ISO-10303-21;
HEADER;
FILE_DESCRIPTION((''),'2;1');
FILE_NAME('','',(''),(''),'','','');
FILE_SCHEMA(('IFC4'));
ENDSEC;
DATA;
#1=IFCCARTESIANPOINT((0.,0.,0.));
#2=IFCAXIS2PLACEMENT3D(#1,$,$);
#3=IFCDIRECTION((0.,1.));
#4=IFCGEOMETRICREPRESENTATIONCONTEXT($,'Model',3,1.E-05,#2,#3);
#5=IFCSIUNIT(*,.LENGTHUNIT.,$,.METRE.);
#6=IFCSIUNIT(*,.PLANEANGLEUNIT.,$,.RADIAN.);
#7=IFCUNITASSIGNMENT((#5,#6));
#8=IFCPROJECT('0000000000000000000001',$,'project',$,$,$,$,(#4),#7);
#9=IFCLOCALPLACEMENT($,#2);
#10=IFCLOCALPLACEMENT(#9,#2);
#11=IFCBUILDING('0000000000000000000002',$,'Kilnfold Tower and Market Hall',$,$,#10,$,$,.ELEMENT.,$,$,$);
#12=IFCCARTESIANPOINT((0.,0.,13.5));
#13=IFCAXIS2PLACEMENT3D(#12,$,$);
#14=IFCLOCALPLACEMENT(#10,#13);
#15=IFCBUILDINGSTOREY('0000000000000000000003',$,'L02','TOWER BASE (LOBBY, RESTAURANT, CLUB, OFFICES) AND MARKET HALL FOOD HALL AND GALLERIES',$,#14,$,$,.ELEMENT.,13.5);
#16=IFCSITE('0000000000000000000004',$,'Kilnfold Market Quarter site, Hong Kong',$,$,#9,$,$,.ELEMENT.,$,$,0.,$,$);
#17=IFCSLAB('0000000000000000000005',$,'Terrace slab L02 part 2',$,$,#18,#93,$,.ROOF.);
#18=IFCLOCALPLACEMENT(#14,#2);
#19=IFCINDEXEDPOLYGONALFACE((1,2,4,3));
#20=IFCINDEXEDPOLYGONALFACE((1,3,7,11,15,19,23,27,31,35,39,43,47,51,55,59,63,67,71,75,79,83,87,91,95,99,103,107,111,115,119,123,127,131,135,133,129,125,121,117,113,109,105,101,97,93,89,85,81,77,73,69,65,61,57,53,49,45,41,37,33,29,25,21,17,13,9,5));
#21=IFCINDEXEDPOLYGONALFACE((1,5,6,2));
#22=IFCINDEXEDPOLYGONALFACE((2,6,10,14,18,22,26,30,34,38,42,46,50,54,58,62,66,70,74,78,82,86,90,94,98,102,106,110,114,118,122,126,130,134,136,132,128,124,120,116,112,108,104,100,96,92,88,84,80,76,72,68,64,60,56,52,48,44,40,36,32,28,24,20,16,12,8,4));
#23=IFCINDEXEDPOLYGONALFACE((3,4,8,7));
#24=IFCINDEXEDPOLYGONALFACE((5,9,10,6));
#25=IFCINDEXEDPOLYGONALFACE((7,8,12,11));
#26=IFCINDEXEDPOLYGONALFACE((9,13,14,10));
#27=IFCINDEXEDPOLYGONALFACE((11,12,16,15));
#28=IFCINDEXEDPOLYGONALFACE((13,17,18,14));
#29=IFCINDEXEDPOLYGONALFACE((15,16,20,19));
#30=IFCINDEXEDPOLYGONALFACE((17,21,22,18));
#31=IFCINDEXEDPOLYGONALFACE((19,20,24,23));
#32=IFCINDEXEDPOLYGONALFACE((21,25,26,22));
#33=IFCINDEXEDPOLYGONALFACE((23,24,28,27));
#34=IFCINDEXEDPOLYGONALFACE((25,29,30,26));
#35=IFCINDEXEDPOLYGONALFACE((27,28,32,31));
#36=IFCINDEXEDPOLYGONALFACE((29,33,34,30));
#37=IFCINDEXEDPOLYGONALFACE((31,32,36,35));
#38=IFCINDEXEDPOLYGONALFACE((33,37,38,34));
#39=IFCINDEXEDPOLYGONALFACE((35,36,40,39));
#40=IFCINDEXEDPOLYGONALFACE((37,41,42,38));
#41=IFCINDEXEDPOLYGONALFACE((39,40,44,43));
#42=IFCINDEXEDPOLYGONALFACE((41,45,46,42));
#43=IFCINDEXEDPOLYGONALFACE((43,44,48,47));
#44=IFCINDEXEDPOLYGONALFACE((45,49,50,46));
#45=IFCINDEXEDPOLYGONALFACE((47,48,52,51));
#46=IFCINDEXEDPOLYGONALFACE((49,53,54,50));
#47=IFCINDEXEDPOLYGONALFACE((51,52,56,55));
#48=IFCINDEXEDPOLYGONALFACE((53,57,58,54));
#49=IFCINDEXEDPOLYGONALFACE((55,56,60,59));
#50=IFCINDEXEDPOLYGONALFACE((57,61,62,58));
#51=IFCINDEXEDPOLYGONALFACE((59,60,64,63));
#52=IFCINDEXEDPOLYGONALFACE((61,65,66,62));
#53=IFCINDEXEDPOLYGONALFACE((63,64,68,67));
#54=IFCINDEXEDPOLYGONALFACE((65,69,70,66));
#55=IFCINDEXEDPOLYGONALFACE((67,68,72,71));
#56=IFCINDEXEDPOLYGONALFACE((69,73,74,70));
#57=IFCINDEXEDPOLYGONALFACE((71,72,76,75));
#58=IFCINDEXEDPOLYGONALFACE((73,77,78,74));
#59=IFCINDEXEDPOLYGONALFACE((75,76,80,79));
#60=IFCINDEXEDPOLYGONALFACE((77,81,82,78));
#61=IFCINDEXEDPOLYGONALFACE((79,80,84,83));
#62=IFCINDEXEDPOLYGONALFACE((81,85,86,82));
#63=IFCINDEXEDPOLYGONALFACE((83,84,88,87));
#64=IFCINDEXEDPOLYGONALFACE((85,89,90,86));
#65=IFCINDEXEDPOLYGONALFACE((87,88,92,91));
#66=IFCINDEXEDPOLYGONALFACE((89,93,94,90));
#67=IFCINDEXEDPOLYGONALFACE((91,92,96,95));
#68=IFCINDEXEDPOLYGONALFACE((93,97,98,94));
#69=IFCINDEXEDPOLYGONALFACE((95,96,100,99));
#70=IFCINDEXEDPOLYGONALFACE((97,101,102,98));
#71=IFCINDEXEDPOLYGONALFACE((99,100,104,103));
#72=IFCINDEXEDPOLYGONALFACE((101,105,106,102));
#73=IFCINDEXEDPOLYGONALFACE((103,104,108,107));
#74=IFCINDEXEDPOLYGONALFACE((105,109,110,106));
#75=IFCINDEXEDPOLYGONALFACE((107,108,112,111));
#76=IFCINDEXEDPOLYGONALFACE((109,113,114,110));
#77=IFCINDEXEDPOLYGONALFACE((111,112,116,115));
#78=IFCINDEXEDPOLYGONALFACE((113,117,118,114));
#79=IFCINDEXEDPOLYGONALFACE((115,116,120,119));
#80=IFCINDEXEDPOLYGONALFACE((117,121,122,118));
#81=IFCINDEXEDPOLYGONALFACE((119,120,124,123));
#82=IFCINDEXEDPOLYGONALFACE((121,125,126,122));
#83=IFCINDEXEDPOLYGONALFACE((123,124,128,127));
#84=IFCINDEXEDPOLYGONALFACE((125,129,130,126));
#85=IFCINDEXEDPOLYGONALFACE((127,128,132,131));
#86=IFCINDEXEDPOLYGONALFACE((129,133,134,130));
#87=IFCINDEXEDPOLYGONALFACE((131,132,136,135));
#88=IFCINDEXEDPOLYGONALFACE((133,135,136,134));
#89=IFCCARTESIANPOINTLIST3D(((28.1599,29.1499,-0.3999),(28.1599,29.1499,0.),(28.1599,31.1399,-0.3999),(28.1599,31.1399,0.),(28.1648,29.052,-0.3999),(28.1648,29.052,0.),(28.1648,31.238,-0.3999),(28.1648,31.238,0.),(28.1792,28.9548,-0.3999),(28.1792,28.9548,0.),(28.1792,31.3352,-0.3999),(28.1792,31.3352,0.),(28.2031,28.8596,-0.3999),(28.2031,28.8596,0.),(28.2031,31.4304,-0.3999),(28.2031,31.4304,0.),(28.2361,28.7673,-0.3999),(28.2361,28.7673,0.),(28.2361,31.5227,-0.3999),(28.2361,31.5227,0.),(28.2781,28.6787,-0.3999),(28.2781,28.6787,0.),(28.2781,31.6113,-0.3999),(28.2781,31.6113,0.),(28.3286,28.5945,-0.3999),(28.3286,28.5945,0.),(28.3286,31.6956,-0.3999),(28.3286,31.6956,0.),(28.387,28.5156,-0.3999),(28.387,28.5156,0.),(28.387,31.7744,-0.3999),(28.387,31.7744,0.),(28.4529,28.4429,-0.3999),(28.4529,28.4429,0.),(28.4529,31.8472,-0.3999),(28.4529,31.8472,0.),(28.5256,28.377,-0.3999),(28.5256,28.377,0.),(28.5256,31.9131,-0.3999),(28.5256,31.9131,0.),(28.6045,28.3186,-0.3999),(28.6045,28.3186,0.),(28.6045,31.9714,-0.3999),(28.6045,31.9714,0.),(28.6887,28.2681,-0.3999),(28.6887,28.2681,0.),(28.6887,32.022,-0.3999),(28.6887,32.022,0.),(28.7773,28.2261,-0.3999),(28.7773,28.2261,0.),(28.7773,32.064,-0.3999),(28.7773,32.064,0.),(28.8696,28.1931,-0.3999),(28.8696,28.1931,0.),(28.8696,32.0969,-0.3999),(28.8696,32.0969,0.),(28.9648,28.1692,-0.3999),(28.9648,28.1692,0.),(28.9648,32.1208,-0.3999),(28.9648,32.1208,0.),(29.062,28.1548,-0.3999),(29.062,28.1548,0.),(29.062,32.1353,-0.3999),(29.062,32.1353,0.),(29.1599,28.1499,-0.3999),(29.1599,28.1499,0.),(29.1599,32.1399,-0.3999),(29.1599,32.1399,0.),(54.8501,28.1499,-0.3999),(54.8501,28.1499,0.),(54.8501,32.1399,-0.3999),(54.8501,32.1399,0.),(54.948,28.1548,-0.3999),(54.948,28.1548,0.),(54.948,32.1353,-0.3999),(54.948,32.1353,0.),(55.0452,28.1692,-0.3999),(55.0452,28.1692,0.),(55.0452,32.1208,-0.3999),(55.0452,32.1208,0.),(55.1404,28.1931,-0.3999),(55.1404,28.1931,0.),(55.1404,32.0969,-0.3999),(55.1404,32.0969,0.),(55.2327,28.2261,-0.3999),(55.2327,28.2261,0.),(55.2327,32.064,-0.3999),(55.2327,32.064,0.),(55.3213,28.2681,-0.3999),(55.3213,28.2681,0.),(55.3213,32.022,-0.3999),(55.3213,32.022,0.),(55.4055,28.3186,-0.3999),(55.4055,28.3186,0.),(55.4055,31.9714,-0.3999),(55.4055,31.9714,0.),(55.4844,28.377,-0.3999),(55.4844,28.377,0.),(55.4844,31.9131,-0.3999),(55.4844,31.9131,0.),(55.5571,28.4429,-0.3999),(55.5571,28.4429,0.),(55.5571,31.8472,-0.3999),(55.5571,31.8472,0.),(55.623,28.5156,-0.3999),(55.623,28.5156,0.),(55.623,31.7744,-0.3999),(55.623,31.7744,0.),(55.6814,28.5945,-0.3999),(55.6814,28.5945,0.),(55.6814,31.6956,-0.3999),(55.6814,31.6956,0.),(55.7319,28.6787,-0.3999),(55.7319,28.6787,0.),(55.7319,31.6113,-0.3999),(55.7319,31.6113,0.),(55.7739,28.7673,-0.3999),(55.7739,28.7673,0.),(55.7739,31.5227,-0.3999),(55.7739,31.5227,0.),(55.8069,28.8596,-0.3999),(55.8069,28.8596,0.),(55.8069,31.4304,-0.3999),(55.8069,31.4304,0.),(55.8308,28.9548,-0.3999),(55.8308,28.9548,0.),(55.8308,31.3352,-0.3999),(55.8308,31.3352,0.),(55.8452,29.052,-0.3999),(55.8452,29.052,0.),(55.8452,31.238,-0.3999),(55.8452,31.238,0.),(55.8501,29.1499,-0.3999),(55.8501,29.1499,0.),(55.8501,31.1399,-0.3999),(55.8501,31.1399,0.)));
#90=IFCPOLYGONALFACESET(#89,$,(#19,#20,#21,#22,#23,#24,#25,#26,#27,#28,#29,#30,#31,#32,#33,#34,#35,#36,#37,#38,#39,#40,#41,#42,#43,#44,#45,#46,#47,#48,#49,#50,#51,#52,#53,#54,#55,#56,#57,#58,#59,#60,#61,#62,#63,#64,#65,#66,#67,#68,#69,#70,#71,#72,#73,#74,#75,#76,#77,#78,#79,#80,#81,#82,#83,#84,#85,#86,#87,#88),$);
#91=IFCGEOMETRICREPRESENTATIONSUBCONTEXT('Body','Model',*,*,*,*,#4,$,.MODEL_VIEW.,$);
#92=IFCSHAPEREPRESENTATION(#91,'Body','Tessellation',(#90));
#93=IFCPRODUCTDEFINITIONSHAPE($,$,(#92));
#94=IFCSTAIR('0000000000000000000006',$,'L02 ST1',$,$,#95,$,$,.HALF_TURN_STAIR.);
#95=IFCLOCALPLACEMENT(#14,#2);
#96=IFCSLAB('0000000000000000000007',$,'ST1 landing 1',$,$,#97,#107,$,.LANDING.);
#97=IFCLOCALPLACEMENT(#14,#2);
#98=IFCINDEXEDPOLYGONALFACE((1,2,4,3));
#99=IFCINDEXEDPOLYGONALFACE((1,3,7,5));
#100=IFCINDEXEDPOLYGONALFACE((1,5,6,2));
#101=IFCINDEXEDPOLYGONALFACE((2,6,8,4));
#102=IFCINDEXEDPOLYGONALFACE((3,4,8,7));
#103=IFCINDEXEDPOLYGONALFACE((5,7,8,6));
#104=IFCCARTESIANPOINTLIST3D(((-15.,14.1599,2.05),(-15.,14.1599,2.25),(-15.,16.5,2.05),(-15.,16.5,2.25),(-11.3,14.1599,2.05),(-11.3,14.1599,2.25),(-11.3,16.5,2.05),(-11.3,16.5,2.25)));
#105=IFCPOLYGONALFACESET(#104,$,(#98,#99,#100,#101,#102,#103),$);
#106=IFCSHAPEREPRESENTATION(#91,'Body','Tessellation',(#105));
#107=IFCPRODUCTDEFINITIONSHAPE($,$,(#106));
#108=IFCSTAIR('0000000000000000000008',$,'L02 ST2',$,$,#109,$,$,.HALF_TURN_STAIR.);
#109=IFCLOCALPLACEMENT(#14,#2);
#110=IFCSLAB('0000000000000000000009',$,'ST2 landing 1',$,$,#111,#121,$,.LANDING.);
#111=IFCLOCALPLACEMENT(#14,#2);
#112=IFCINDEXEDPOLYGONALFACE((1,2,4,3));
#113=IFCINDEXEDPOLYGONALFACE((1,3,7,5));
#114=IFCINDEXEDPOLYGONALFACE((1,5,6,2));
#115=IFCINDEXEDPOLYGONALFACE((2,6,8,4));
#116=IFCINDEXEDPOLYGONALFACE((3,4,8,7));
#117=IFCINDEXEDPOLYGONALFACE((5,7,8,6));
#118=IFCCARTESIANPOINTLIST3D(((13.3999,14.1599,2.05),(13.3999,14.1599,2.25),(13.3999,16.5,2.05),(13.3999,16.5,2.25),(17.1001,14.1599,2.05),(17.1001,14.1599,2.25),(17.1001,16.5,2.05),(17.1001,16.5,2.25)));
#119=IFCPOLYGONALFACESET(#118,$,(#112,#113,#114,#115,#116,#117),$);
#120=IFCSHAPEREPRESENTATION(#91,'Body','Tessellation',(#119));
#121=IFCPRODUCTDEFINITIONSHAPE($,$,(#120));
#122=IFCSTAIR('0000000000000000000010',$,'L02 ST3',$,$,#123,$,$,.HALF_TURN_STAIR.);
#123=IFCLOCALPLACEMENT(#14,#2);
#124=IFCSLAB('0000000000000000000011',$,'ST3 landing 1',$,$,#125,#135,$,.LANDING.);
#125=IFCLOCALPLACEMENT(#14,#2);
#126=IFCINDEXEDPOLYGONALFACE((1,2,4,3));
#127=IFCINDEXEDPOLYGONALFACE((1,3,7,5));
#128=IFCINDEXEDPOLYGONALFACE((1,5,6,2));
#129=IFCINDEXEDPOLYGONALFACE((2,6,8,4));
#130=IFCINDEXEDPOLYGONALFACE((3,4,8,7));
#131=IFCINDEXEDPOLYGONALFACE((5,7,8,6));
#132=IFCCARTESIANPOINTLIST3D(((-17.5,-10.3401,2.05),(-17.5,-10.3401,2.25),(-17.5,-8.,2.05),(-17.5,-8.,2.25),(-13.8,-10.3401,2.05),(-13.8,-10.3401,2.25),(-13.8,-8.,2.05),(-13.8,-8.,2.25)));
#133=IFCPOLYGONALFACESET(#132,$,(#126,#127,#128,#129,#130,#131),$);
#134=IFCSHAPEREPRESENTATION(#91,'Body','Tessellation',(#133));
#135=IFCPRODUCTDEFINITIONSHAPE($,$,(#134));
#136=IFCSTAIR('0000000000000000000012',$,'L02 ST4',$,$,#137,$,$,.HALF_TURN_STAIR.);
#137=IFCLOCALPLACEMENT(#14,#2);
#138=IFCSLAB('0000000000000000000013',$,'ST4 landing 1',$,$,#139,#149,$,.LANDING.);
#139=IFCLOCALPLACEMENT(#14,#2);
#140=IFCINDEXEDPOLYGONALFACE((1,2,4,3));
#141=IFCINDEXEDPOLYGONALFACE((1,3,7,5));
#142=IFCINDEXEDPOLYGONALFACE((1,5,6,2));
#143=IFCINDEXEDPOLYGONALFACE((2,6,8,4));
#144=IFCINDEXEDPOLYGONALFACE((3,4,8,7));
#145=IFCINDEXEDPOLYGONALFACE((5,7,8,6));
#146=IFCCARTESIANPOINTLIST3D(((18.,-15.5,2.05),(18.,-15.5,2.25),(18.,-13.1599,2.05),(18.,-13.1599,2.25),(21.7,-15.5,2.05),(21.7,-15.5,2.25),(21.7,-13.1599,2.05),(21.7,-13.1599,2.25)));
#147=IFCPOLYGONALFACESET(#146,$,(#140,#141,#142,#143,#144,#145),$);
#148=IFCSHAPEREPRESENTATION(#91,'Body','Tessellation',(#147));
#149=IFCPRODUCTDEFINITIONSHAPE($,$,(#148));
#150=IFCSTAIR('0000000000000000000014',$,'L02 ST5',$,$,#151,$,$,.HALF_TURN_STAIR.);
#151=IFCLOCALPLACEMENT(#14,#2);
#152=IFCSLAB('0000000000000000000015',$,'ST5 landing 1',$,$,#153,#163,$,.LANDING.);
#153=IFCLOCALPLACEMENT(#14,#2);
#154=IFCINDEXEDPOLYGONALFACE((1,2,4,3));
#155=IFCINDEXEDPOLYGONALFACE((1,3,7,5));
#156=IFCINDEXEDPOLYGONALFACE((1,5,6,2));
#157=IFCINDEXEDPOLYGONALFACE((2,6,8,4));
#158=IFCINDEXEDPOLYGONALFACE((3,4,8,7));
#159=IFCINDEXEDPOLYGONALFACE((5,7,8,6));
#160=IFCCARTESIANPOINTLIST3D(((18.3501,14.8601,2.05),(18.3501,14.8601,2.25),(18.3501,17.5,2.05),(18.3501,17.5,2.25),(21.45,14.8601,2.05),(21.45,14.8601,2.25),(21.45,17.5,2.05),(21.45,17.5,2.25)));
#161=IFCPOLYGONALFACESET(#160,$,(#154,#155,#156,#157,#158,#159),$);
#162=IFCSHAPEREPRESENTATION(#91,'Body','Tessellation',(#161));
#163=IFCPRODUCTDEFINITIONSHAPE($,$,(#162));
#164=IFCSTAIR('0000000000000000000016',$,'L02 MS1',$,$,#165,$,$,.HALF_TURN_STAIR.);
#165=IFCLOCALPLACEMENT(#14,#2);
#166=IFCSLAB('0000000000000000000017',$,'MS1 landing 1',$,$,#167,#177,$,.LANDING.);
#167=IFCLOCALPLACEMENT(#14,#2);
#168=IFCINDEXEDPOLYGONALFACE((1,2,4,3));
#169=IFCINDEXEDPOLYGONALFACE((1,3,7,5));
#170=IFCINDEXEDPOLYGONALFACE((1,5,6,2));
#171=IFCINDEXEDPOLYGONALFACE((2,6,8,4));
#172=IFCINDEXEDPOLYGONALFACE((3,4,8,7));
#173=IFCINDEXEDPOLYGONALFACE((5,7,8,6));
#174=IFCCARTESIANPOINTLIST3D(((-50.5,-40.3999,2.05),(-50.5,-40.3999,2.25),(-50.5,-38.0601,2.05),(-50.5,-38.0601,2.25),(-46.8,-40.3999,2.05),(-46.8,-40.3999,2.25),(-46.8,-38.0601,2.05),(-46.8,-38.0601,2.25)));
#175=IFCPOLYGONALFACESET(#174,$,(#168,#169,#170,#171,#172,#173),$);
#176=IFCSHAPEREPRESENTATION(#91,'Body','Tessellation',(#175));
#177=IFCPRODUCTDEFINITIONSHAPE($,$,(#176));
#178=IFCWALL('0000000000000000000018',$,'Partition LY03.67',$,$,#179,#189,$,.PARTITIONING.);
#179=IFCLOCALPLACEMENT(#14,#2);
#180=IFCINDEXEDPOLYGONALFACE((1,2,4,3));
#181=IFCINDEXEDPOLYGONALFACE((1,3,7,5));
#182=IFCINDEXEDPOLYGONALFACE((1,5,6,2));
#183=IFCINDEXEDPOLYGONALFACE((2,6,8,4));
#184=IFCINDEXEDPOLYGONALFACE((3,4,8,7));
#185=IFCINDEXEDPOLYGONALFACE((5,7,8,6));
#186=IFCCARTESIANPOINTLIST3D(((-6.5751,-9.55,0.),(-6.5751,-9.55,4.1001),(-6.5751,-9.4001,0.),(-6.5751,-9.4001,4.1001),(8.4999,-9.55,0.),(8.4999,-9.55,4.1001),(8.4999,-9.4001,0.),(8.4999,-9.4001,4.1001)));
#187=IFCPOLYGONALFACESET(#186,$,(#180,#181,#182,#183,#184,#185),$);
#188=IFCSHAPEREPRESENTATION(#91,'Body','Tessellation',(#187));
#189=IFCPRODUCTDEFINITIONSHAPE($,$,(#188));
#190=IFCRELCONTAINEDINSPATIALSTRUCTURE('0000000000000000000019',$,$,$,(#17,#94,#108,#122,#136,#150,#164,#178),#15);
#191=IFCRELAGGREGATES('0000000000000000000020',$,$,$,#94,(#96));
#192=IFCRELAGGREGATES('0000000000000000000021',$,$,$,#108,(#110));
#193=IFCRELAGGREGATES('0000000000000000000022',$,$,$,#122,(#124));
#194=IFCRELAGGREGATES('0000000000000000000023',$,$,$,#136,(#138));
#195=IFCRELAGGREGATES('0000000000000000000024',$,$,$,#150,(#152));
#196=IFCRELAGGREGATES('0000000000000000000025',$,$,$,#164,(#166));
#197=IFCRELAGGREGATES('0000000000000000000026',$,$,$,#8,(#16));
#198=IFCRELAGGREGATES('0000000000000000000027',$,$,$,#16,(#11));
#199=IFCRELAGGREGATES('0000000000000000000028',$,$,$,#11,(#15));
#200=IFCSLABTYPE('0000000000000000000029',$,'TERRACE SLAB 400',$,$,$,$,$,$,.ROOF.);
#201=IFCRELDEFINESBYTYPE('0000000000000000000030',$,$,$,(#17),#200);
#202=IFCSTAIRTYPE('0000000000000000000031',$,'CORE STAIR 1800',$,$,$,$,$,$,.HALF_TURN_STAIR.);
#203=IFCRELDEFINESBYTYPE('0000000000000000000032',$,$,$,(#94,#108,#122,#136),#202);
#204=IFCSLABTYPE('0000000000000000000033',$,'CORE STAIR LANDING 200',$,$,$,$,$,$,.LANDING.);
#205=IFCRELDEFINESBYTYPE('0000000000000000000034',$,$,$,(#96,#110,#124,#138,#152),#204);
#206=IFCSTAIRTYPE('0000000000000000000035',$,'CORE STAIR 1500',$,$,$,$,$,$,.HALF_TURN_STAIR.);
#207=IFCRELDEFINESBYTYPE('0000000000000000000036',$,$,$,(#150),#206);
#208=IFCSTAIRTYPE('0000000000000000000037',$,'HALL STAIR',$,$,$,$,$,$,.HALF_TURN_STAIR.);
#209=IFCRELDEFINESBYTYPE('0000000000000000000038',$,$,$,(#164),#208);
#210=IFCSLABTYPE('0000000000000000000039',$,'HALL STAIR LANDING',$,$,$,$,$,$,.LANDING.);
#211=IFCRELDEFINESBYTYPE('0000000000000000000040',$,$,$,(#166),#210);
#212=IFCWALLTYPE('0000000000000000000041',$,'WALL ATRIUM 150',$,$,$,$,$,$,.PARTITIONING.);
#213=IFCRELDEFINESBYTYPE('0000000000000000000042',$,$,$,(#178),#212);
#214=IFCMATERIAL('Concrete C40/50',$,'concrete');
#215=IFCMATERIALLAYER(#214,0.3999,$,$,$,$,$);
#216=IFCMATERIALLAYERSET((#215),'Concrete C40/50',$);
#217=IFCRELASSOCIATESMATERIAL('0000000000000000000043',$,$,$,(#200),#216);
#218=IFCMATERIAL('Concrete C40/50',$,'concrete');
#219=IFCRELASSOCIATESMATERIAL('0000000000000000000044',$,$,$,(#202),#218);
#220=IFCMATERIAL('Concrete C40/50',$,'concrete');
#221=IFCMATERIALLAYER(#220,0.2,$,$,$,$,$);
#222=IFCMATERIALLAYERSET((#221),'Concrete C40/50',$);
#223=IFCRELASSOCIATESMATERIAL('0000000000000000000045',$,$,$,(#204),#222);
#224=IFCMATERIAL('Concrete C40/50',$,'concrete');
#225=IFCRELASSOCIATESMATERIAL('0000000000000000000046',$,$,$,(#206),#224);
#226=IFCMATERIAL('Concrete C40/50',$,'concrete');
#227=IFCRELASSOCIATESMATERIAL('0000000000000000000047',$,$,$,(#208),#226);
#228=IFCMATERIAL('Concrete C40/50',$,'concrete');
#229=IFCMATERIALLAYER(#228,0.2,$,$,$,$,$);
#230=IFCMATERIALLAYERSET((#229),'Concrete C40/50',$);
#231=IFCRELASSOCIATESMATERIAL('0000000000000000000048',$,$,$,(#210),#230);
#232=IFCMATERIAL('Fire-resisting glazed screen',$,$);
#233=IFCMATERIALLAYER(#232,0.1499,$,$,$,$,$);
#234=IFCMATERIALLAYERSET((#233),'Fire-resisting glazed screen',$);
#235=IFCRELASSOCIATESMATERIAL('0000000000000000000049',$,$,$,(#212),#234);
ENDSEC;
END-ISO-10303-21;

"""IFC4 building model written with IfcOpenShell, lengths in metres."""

from ifc_helpers import new_model, si_unit, direction, frame, frame_2d, origin, place, context, subcontext, project, spatial, polyline, rectangle, outline, extrude, source, transform, mapped, material, layer, layer_set, type_object, element, aggregate, save


model = new_model("IFC4")

# Units and contexts
model_context = context("Model", 3, precision=1e-05, world=origin(), true_north=direction((0.0, 1.0)))
body_context = subcontext(model_context, "Body", "Model", "MODEL_VIEW")
ifc_project = project(units=[si_unit("LENGTHUNIT", "METRE"), si_unit("PLANEANGLEUNIT", "RADIAN")], contexts=[model_context])

# Site, building, storey
site_placement = place(None, origin())
site = spatial("IfcSite", under=ifc_project, at=site_placement, Name="Kilnfold Market Quarter site, Hong Kong", CompositionType="ELEMENT", RefElevation=0.0)
building_placement = place(site_placement, origin())
building = spatial("IfcBuilding", under=site, at=building_placement, Name="Kilnfold Tower and Market Hall", CompositionType="ELEMENT")
storey_placement = place(building_placement, frame((0.0, 0.0, 13.5)))
storey = spatial("IfcBuildingStorey", under=building, at=storey_placement, Name="L02", Description="TOWER BASE (LOBBY, RESTAURANT, CLUB, OFFICES) AND MARKET HALL FOOD HALL AND GALLERIES", CompositionType="ELEMENT", Elevation=13.5)

# Slab
ifc_material_1 = material(Name="Concrete C40/50", Category="concrete")
ifc_layer_1 = layer(ifc_material_1, 0.3999)
ifc_layer_set_1 = layer_set([ifc_layer_1], Name="Concrete C40/50")
slab_type_1 = type_object("IfcSlabType", Name="TERRACE SLAB 400", PredefinedType="ROOF", material=ifc_layer_set_1)
shared_shape_1 = source(origin(), body_context, "Body", "SweptSolid", [
    extrude(outline(polyline([(55.8501, 29.1499), (55.8452, 29.052), (55.8308, 28.9548), (55.8069, 28.8596), (55.7739, 28.7673), (55.7319, 28.6787), (55.6814, 28.5945), (55.623, 28.5156), (55.5571, 28.4429), (55.4844, 28.377), (55.4055, 28.3186), (55.3213, 28.2681), (55.2327, 28.2261), (55.1404, 28.1931), (55.0452, 28.1692), (54.948, 28.1548), (54.8501, 28.1499), (29.1599, 28.1499), (29.062, 28.1548), (28.9648, 28.1692), (28.8696, 28.1931), (28.7773, 28.2261), (28.6887, 28.2681), (28.6045, 28.3186), (28.5256, 28.377), (28.4529, 28.4429), (28.387, 28.5156), (28.3286, 28.5945), (28.2781, 28.6787), (28.2361, 28.7673), (28.2031, 28.8596), (28.1792, 28.9548), (28.1648, 29.052), (28.1599, 29.1499), (28.1599, 31.1399), (28.1648, 31.238), (28.1792, 31.3352), (28.2031, 31.4304), (28.2361, 31.5227), (28.2781, 31.6113), (28.3286, 31.6956), (28.387, 31.7744), (28.4529, 31.8472), (28.5256, 31.9131), (28.6045, 31.9714), (28.6887, 32.022), (28.7773, 32.064), (28.8696, 32.0969), (28.9648, 32.1208), (29.062, 32.1353), (29.1599, 32.1399), (54.8501, 32.1399), (54.948, 32.1353), (55.0452, 32.1208), (55.1404, 32.0969), (55.2327, 32.064), (55.3213, 32.022), (55.4055, 31.9714), (55.4844, 31.9131), (55.5571, 31.8472), (55.623, 31.7744), (55.6814, 31.6956), (55.7319, 31.6113), (55.7739, 31.5227), (55.8069, 31.4304), (55.8308, 31.3352), (55.8452, 31.238), (55.8501, 31.1399), (55.8501, 29.1499)])), origin(), (0.0, 0.0, 1.0), 0.3999),
])
slab_1_placement = place(storey_placement, frame((0.0, 0.0, -0.3999)))
element("IfcSlab", 1, at=slab_1_placement, inside=storey, type_object=slab_type_1, Name="Terrace slab L02 part 2", PredefinedType="ROOF", context=body_context, shape_type="MappedRepresentation", body=[
    mapped(shared_shape_1, transform((0.0, 0.0, 0.0))),
])

# Stairs, slabs
ifc_material_2 = material(Name="Concrete C40/50", Category="concrete")
stair_type_1 = type_object("IfcStairType", Name="CORE STAIR 1800", PredefinedType="HALF_TURN_STAIR", material=ifc_material_2)
stair_1_placement = place(storey_placement, origin())
stair_1 = element("IfcStair", 2, at=stair_1_placement, inside=storey, type_object=stair_type_1, Name="L02 ST1", PredefinedType="HALF_TURN_STAIR")
ifc_material_3 = material(Name="Concrete C40/50", Category="concrete")
ifc_layer_2 = layer(ifc_material_3, 0.2)
ifc_layer_set_2 = layer_set([ifc_layer_2], Name="Concrete C40/50")
slab_type_2 = type_object("IfcSlabType", Name="CORE STAIR LANDING 200", PredefinedType="LANDING", material=ifc_layer_set_2)
shared_shape_2 = source(origin(), body_context, "Body", "SweptSolid", [
    extrude(outline(polyline([(-11.3, 14.1599), (-11.3, 16.5), (-15.0, 16.5), (-15.0, 14.1599), (-11.3, 14.1599)])), origin(), (0.0, 0.0, 1.0), 0.2),
])
slab_2_placement = place(storey_placement, frame((0.0, 0.0, 2.05)))
slab_2 = element("IfcSlab", 3, at=slab_2_placement, type_object=slab_type_2, Name="ST1 landing 1", PredefinedType="LANDING", context=body_context, shape_type="MappedRepresentation", body=[
    mapped(shared_shape_2, transform((0.0, 0.0, 0.0))),
])
aggregate(stair_1, [slab_2])
stair_2_placement = place(storey_placement, origin())
stair_2 = element("IfcStair", 4, at=stair_2_placement, inside=storey, type_object=stair_type_1, Name="L02 ST2", PredefinedType="HALF_TURN_STAIR")
shared_shape_3 = source(origin(), body_context, "Body", "SweptSolid", [
    extrude(outline(polyline([(17.1001, 14.1599), (17.1001, 16.5), (13.3999, 16.5), (13.3999, 14.1599), (17.1001, 14.1599)])), origin(), (0.0, 0.0, 1.0), 0.2),
])
slab_3_placement = place(storey_placement, frame((0.0, 0.0, 2.05)))
slab_3 = element("IfcSlab", 5, at=slab_3_placement, type_object=slab_type_2, Name="ST2 landing 1", PredefinedType="LANDING", context=body_context, shape_type="MappedRepresentation", body=[
    mapped(shared_shape_3, transform((0.0, 0.0, 0.0))),
])
aggregate(stair_2, [slab_3])
stair_3_placement = place(storey_placement, origin())
stair_3 = element("IfcStair", 6, at=stair_3_placement, inside=storey, type_object=stair_type_1, Name="L02 ST3", PredefinedType="HALF_TURN_STAIR")
shared_shape_4 = source(origin(), body_context, "Body", "SweptSolid", [
    extrude(outline(polyline([(-13.8, -10.3401), (-13.8, -8.0), (-17.5, -8.0), (-17.5, -10.3401), (-13.8, -10.3401)])), origin(), (0.0, 0.0, 1.0), 0.2),
])
slab_4_placement = place(storey_placement, frame((0.0, 0.0, 2.05)))
slab_4 = element("IfcSlab", 7, at=slab_4_placement, type_object=slab_type_2, Name="ST3 landing 1", PredefinedType="LANDING", context=body_context, shape_type="MappedRepresentation", body=[
    mapped(shared_shape_4, transform((0.0, 0.0, 0.0))),
])
aggregate(stair_3, [slab_4])
stair_4_placement = place(storey_placement, origin())
stair_4 = element("IfcStair", 8, at=stair_4_placement, inside=storey, type_object=stair_type_1, Name="L02 ST4", PredefinedType="HALF_TURN_STAIR")
shared_shape_5 = source(origin(), body_context, "Body", "SweptSolid", [
    extrude(outline(polyline([(18.0, -13.1599), (18.0, -15.5), (21.7, -15.5), (21.7, -13.1599), (18.0, -13.1599)])), origin(), (0.0, 0.0, 1.0), 0.2),
])
slab_5_placement = place(storey_placement, frame((0.0, 0.0, 2.05)))
slab_5 = element("IfcSlab", 9, at=slab_5_placement, type_object=slab_type_2, Name="ST4 landing 1", PredefinedType="LANDING", context=body_context, shape_type="MappedRepresentation", body=[
    mapped(shared_shape_5, transform((0.0, 0.0, 0.0))),
])
aggregate(stair_4, [slab_5])
ifc_material_4 = material(Name="Concrete C40/50", Category="concrete")
stair_type_2 = type_object("IfcStairType", Name="CORE STAIR 1500", PredefinedType="HALF_TURN_STAIR", material=ifc_material_4)
stair_5_placement = place(storey_placement, origin())
stair_5 = element("IfcStair", 10, at=stair_5_placement, inside=storey, type_object=stair_type_2, Name="L02 ST5", PredefinedType="HALF_TURN_STAIR")
shared_shape_6 = source(origin(), body_context, "Body", "SweptSolid", [
    extrude(outline(polyline([(21.45, 14.8601), (21.45, 17.5), (18.3501, 17.5), (18.3501, 14.8601), (21.45, 14.8601)])), origin(), (0.0, 0.0, 1.0), 0.2),
])
slab_6_placement = place(storey_placement, frame((0.0, 0.0, 2.05)))
slab_6 = element("IfcSlab", 11, at=slab_6_placement, type_object=slab_type_2, Name="ST5 landing 1", PredefinedType="LANDING", context=body_context, shape_type="MappedRepresentation", body=[
    mapped(shared_shape_6, transform((0.0, 0.0, 0.0))),
])
aggregate(stair_5, [slab_6])
ifc_material_5 = material(Name="Concrete C40/50", Category="concrete")
stair_type_3 = type_object("IfcStairType", Name="HALL STAIR", PredefinedType="HALF_TURN_STAIR", material=ifc_material_5)
stair_6_placement = place(storey_placement, origin())
stair_6 = element("IfcStair", 12, at=stair_6_placement, inside=storey, type_object=stair_type_3, Name="L02 MS1", PredefinedType="HALF_TURN_STAIR")
ifc_material_6 = material(Name="Concrete C40/50", Category="concrete")
ifc_layer_3 = layer(ifc_material_6, 0.2)
ifc_layer_set_3 = layer_set([ifc_layer_3], Name="Concrete C40/50")
slab_type_3 = type_object("IfcSlabType", Name="HALL STAIR LANDING", PredefinedType="LANDING", material=ifc_layer_set_3)
shared_shape_7 = source(origin(), body_context, "Body", "SweptSolid", [
    extrude(outline(polyline([(-50.5, -38.0601), (-50.5, -40.3999), (-46.8, -40.3999), (-46.8, -38.0601), (-50.5, -38.0601)])), origin(), (0.0, 0.0, 1.0), 0.2),
])
slab_7_placement = place(storey_placement, frame((0.0, 0.0, 2.05)))
slab_7 = element("IfcSlab", 13, at=slab_7_placement, type_object=slab_type_3, Name="MS1 landing 1", PredefinedType="LANDING", context=body_context, shape_type="MappedRepresentation", body=[
    mapped(shared_shape_7, transform((0.0, 0.0, 0.0))),
])
aggregate(stair_6, [slab_7])

# Wall
ifc_material_7 = material(Name="Fire-resisting glazed screen")
ifc_layer_4 = layer(ifc_material_7, 0.1499)
ifc_layer_set_4 = layer_set([ifc_layer_4], Name="Fire-resisting glazed screen")
wall_type_1 = type_object("IfcWallType", Name="WALL ATRIUM 150", PredefinedType="PARTITIONING", material=ifc_layer_set_4)
wall_1_placement = place(storey_placement, frame((8.5, -9.4751, 0.0), z_axis=(0.0, 0.0, 1.0), x_axis=(-1.0, 0.0, 0.0)))
element("IfcWall", 14, at=wall_1_placement, inside=storey, type_object=wall_type_1, Name="Partition LY03.67", PredefinedType="PARTITIONING", context=body_context, shape_type="SweptSolid", body=[
    extrude(rectangle(XDim=15.075, YDim=0.1499, at=frame_2d((7.5376, 0.0))), origin(), (0.0, 0.0, 1.0), 4.1001),
])

save(model, "model.ifc")
